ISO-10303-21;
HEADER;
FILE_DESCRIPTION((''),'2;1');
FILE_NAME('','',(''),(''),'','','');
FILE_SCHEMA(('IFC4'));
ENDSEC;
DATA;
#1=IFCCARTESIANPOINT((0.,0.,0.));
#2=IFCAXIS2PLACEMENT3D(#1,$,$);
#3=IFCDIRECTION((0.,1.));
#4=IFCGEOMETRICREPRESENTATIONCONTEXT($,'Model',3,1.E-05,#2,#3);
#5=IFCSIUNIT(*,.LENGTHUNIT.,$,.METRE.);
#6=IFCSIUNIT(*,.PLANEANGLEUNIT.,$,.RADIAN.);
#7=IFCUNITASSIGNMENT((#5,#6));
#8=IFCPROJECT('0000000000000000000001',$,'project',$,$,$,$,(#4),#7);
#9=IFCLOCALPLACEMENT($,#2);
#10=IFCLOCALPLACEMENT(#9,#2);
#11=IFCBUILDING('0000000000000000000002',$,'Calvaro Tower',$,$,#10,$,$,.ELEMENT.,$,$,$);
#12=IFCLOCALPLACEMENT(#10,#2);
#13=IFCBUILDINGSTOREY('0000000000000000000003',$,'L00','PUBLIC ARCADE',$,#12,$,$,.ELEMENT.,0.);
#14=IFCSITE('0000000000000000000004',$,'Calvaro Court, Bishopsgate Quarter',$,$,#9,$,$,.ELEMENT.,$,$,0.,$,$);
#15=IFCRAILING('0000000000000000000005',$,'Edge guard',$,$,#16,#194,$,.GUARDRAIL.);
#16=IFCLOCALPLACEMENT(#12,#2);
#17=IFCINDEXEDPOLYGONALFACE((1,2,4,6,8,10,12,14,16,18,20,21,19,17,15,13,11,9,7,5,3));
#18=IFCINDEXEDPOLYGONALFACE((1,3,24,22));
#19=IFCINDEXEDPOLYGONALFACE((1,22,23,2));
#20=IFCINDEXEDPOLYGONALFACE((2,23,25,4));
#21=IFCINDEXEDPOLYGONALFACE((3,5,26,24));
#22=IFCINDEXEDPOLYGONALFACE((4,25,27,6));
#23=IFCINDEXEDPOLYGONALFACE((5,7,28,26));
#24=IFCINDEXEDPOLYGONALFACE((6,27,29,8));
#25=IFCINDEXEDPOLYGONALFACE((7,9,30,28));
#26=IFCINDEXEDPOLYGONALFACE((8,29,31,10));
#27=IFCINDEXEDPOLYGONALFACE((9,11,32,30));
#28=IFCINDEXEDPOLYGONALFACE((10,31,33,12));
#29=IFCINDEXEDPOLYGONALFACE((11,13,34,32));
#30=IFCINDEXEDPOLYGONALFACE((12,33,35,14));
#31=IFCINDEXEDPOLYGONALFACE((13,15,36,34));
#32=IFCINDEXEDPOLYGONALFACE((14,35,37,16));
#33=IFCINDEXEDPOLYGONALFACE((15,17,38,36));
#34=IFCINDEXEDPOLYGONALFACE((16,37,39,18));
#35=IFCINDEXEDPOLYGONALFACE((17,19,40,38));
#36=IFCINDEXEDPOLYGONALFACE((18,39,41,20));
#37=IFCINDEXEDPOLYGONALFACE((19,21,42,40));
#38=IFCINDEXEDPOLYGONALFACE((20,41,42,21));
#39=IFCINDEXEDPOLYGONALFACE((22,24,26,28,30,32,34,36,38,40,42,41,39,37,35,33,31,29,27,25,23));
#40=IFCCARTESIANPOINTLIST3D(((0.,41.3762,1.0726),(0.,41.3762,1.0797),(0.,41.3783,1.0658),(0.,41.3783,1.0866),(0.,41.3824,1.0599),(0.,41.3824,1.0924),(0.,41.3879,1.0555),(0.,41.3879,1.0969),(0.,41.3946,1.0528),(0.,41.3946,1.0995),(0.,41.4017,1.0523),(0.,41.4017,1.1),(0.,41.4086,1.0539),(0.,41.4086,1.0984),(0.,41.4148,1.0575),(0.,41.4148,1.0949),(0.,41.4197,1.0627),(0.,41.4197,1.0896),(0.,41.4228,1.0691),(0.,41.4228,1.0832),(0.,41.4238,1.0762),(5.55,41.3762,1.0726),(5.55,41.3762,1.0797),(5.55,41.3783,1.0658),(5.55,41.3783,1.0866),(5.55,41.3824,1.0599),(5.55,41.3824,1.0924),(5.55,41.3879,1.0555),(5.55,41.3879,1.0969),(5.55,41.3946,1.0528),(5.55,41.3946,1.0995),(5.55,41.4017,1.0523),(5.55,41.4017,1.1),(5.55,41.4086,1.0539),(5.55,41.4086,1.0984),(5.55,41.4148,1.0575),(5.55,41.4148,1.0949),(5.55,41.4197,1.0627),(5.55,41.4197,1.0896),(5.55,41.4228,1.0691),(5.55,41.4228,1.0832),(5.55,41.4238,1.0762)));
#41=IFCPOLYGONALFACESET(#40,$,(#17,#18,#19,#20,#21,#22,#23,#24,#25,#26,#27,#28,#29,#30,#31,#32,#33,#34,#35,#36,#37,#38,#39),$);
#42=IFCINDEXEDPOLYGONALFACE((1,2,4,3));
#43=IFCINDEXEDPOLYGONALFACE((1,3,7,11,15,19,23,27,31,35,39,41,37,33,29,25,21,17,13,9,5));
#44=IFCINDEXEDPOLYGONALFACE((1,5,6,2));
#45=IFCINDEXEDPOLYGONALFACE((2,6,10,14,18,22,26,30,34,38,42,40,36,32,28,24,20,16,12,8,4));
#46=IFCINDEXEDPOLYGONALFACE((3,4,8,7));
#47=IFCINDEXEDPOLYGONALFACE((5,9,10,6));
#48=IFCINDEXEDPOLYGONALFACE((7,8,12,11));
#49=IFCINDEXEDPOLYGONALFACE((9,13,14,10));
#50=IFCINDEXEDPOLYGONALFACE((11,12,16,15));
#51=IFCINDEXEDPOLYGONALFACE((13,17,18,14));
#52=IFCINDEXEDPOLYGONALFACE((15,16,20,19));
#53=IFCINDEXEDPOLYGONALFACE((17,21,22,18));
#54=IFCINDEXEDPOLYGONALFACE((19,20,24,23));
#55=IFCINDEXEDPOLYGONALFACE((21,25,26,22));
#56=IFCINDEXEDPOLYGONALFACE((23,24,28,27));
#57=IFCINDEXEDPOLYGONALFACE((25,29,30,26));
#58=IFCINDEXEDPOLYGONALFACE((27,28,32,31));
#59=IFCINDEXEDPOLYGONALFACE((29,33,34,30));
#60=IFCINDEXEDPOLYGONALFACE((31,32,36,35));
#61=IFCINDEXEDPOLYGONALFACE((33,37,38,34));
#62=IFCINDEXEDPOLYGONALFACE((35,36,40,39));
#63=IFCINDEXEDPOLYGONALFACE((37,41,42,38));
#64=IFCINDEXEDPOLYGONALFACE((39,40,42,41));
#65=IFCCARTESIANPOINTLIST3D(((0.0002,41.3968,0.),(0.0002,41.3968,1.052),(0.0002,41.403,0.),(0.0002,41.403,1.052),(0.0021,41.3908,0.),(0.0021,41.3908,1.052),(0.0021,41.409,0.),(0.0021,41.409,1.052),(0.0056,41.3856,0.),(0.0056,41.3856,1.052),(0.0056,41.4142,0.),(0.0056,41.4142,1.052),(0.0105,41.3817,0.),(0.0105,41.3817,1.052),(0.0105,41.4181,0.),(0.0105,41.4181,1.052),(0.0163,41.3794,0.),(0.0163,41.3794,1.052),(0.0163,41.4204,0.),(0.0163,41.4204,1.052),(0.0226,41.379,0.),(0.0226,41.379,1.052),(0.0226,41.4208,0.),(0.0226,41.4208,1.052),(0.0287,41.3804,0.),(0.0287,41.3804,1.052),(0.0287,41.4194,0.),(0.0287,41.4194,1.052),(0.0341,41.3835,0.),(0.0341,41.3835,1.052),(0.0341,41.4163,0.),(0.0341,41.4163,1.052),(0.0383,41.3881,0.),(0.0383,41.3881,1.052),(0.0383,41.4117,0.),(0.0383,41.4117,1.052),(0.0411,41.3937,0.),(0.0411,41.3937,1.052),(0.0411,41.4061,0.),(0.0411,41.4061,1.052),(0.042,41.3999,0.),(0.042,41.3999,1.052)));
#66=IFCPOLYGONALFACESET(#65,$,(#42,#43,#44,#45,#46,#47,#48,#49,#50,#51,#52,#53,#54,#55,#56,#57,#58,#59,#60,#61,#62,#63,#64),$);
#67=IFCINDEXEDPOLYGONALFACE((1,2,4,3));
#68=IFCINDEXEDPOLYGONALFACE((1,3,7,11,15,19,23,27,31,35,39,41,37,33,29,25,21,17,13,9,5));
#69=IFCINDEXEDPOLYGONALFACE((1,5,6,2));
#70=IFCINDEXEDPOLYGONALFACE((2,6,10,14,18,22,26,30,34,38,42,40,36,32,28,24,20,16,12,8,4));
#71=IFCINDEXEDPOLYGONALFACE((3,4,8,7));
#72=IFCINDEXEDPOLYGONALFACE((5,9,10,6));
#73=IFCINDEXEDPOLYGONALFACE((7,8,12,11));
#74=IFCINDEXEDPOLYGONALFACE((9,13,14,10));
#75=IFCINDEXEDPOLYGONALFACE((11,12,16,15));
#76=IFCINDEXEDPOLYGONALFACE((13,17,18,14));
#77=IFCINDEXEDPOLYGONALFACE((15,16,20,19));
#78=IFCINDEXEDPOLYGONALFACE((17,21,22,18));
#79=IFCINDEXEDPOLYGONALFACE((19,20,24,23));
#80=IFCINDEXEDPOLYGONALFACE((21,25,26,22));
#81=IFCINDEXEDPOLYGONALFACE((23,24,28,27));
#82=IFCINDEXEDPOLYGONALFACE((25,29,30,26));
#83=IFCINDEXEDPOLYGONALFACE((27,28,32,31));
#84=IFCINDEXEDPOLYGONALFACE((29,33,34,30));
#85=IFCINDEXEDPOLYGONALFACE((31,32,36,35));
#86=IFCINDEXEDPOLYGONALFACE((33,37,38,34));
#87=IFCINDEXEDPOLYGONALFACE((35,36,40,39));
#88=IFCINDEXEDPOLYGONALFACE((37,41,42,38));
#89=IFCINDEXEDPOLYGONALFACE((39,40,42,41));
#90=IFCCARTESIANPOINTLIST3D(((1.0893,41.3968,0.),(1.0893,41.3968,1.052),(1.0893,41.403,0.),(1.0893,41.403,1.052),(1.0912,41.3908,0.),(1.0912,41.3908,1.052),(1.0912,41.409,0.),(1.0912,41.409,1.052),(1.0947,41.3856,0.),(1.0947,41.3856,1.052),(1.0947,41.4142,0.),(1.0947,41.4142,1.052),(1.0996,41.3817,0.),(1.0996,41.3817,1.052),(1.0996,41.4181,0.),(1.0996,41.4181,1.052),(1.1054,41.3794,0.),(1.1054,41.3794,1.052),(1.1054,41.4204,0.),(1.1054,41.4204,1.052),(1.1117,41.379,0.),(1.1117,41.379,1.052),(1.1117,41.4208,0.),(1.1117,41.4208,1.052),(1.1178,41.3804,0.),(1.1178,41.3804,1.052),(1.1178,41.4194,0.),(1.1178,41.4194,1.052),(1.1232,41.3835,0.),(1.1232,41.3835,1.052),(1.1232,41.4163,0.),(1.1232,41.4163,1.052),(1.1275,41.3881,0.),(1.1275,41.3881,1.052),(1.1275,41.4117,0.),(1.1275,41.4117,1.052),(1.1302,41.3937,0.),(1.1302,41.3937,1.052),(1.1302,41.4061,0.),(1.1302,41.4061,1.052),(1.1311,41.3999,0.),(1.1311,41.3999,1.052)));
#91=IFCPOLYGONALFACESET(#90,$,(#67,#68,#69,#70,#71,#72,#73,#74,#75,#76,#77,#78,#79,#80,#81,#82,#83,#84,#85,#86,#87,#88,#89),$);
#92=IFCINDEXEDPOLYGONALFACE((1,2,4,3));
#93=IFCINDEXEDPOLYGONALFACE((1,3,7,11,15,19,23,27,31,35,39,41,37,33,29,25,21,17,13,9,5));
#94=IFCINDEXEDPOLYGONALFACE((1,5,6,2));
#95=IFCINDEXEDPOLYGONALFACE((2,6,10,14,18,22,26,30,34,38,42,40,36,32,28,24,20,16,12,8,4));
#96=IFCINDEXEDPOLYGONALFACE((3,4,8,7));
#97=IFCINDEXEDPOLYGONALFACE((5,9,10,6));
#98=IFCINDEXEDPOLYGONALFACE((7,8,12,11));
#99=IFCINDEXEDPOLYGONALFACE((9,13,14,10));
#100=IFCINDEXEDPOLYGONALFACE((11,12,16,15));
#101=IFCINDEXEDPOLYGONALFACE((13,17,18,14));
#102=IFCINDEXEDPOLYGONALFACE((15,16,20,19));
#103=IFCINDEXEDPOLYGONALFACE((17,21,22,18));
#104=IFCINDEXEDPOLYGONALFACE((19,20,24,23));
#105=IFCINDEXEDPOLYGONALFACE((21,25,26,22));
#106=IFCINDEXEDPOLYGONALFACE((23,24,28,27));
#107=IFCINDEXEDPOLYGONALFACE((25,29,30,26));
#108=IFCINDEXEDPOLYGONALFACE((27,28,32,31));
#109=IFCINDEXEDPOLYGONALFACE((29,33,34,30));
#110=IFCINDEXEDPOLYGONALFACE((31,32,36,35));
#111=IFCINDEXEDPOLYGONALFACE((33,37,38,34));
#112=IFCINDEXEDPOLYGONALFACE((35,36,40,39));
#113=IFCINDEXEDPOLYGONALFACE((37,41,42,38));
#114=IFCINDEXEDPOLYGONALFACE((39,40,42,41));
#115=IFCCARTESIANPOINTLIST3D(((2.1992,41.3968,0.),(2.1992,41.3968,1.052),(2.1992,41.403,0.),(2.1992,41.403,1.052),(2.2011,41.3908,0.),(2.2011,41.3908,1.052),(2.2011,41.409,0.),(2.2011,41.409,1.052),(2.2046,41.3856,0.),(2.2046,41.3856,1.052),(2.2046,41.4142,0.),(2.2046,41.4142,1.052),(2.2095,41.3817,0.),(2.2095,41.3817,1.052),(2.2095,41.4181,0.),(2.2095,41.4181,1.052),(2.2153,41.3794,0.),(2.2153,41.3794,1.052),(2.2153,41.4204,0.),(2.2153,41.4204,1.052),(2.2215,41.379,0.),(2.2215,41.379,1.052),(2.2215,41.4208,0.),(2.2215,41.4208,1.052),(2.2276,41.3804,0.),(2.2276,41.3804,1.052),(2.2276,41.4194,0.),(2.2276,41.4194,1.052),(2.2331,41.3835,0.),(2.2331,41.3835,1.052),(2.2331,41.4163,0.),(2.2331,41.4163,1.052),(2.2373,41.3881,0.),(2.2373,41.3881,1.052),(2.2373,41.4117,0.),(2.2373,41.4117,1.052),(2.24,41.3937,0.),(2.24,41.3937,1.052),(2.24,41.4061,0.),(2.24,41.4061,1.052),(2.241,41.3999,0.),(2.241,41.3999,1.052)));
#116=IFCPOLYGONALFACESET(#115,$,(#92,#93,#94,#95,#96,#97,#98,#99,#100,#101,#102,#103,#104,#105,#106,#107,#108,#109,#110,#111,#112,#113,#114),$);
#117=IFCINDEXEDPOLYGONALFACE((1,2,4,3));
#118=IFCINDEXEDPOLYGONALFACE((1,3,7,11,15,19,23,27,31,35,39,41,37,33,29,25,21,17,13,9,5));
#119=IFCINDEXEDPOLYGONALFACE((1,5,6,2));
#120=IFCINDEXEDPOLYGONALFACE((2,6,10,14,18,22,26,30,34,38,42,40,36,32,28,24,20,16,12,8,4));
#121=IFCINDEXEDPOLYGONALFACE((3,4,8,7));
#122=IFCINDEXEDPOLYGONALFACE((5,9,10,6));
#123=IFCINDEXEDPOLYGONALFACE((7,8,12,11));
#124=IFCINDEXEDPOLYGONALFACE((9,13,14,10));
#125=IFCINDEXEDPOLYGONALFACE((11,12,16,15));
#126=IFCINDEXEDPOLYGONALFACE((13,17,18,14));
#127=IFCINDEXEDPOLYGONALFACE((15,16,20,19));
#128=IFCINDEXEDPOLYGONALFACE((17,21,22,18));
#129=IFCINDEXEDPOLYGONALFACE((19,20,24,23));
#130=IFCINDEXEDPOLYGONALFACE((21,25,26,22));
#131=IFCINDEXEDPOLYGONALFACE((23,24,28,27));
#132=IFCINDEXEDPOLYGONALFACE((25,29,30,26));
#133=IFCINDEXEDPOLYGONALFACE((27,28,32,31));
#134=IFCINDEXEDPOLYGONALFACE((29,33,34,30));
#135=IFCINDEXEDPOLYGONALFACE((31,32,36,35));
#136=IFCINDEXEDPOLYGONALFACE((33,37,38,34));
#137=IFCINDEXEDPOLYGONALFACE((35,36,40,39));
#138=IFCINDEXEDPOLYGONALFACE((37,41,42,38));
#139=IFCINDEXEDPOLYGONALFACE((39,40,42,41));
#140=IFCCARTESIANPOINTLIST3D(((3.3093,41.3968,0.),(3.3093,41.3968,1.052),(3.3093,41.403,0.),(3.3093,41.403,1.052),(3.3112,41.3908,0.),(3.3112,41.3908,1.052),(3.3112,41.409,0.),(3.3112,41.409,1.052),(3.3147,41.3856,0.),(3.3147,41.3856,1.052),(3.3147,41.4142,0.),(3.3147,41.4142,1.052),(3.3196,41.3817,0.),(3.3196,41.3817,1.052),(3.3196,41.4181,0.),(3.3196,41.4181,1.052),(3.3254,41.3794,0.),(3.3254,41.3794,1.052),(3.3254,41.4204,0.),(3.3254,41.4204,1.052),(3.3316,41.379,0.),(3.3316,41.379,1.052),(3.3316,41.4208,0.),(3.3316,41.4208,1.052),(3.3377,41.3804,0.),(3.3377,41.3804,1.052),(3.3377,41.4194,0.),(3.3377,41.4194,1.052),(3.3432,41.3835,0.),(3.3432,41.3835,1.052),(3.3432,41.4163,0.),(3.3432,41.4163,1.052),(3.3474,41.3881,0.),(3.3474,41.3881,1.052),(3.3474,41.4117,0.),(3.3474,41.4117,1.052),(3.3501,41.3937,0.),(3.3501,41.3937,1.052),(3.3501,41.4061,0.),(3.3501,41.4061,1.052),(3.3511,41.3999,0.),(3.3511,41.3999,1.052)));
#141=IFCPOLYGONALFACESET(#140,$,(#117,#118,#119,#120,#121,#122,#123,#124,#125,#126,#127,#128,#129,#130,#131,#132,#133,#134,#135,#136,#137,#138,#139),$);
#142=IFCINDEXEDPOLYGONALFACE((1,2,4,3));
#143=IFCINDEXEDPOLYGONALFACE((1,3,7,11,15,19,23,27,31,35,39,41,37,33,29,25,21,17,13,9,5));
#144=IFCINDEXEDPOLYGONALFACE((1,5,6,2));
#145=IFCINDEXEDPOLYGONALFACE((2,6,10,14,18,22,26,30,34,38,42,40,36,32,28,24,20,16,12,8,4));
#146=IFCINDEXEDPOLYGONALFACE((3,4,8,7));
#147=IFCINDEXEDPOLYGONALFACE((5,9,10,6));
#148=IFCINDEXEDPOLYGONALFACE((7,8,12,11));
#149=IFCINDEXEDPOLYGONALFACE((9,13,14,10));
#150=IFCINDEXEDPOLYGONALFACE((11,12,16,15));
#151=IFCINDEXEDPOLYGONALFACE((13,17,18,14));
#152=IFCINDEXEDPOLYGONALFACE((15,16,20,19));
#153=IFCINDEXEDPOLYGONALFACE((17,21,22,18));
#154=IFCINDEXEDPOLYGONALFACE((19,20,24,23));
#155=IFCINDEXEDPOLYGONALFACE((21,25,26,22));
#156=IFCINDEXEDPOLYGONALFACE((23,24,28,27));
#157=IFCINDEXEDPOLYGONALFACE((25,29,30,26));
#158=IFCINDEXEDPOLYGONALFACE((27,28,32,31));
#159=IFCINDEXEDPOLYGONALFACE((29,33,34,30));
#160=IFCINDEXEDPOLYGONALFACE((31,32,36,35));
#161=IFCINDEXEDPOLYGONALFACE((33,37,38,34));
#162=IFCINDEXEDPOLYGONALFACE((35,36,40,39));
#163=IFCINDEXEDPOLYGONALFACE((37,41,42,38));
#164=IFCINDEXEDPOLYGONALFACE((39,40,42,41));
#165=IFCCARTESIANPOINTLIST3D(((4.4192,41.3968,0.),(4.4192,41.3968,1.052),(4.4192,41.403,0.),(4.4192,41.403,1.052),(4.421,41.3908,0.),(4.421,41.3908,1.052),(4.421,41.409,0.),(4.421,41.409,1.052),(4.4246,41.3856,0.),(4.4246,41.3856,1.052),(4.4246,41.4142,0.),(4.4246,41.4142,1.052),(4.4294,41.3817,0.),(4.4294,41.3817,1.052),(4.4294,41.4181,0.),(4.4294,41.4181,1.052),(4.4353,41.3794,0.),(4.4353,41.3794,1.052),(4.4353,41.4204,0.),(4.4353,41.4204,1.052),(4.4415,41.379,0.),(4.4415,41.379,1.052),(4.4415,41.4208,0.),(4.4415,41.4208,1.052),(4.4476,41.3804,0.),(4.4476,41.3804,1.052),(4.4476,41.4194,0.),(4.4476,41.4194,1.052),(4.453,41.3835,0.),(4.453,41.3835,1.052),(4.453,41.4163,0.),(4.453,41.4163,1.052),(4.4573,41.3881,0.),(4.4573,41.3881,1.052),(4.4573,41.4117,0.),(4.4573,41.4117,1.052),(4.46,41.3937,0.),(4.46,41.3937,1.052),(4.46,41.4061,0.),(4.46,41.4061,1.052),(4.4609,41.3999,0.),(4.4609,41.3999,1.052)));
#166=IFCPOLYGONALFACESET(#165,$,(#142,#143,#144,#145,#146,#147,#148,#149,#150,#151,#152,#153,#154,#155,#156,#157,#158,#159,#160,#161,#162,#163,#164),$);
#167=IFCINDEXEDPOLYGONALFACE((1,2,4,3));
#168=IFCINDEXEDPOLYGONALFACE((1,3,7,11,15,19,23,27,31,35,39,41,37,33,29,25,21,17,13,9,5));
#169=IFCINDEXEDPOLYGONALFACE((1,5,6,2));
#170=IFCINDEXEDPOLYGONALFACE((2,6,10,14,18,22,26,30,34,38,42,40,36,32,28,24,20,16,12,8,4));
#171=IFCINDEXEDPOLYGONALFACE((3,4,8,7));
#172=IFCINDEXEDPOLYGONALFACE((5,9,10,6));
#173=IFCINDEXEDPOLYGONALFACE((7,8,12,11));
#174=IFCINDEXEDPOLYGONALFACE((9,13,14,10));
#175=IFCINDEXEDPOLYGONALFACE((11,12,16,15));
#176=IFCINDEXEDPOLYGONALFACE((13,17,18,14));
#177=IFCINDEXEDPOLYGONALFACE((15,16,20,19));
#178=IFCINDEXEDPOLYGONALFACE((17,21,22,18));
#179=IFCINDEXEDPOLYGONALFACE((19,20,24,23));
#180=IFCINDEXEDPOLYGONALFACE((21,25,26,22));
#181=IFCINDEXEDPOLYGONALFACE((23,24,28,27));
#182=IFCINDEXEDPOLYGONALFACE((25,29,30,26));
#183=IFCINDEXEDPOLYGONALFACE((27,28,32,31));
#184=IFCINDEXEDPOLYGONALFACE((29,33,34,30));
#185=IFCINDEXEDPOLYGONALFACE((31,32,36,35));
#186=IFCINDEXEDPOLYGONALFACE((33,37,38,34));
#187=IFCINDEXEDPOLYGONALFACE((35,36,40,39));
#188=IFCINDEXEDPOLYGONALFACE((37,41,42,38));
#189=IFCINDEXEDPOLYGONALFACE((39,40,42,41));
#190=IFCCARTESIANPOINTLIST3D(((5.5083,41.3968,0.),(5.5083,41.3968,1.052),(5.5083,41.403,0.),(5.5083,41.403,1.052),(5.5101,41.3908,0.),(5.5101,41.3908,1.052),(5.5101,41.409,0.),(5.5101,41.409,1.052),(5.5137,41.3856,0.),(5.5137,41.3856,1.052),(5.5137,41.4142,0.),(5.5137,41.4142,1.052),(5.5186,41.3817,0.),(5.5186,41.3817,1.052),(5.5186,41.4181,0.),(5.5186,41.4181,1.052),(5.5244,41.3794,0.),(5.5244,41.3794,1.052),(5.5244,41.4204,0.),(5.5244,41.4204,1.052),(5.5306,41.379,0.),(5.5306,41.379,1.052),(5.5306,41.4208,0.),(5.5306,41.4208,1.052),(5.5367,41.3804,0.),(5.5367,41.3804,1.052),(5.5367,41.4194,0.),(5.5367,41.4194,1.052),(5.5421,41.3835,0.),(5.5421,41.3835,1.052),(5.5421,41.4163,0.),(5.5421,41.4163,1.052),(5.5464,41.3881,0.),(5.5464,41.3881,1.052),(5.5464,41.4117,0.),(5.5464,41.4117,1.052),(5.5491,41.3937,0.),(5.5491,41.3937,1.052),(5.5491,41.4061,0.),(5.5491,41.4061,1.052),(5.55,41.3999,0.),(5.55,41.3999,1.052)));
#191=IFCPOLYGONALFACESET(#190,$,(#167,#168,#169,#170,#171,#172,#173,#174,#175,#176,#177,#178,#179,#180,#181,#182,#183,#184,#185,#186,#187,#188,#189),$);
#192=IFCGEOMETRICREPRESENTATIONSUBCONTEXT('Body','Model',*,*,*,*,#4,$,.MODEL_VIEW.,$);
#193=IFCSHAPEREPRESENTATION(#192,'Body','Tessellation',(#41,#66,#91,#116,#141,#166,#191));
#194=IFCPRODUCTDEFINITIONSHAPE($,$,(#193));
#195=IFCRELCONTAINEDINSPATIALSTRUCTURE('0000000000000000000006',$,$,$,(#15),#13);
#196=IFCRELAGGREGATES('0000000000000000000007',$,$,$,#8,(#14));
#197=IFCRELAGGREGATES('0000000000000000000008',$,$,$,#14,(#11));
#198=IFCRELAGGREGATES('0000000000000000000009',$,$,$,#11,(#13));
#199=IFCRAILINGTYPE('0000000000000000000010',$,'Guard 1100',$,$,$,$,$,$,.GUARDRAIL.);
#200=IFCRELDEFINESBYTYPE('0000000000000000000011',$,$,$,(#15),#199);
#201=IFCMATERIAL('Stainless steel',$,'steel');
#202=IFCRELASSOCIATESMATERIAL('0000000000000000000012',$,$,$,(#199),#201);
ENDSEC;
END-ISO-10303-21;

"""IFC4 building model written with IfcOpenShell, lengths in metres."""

from ifc_helpers import new_model, si_unit, direction, frame, origin, origin_2d, place, context, subcontext, project, spatial, circle, extrude, material, type_object, element, save


model = new_model("IFC4")

# Units and contexts
model_context = context("Model", 3, precision=1e-05, world=origin(), true_north=direction((0.0, 1.0)))
body_context = subcontext(model_context, "Body", "Model", "MODEL_VIEW")
ifc_project = project(units=[si_unit("LENGTHUNIT", "METRE"), si_unit("PLANEANGLEUNIT", "RADIAN")], contexts=[model_context])

# Site, building, storey
site_placement = place(None, origin())
site = spatial("IfcSite", under=ifc_project, at=site_placement, Name="Calvaro Court, Bishopsgate Quarter", CompositionType="ELEMENT", RefElevation=0.0)
building_placement = place(site_placement, origin())
building = spatial("IfcBuilding", under=site, at=building_placement, Name="Calvaro Tower", CompositionType="ELEMENT")
storey_placement = place(building_placement, origin())
storey = spatial("IfcBuildingStorey", under=building, at=storey_placement, Name="L00", Description="PUBLIC ARCADE", CompositionType="ELEMENT", Elevation=0.0)

# Railing
ifc_material_1 = material(Name="Stainless steel", Category="steel")
railing_type_1 = type_object("IfcRailingType", Name="Guard 1100", PredefinedType="GUARDRAIL", material=ifc_material_1)
railing_1_placement = place(storey_placement, frame((0.0, 41.3999, 0.0)))
element("IfcRailing", 1, at=railing_1_placement, inside=storey, type_object=railing_type_1, Name="Edge guard", PredefinedType="GUARDRAIL", context=body_context, shape_type="SweptSolid", body=[
    extrude(circle(Radius=0.0239, at=origin_2d()), frame((0.0, 0.0, 1.0762), z_axis=(1.0, 0.0, 0.0), x_axis=(0.0, 1.0, 0.0)), (0.0, 0.0, 1.0), 5.55),
    extrude(circle(Radius=0.021, at=origin_2d()), frame((0.021, 0.0, 0.0)), (0.0, 0.0, 1.0), 1.052),
    extrude(circle(Radius=0.021, at=origin_2d()), frame((1.1101, 0.0, 0.0)), (0.0, 0.0, 1.0), 1.052),
    extrude(circle(Radius=0.021, at=origin_2d()), frame((2.22, 0.0, 0.0)), (0.0, 0.0, 1.0), 1.052),
    extrude(circle(Radius=0.021, at=origin_2d()), frame((3.3301, 0.0, 0.0)), (0.0, 0.0, 1.0), 1.052),
    extrude(circle(Radius=0.021, at=origin_2d()), frame((4.4399, 0.0, 0.0)), (0.0, 0.0, 1.0), 1.052),
    extrude(circle(Radius=0.021, at=origin_2d()), frame((5.5291, 0.0, 0.0)), (0.0, 0.0, 1.0), 1.052),
])

save(model, "model.ifc")
